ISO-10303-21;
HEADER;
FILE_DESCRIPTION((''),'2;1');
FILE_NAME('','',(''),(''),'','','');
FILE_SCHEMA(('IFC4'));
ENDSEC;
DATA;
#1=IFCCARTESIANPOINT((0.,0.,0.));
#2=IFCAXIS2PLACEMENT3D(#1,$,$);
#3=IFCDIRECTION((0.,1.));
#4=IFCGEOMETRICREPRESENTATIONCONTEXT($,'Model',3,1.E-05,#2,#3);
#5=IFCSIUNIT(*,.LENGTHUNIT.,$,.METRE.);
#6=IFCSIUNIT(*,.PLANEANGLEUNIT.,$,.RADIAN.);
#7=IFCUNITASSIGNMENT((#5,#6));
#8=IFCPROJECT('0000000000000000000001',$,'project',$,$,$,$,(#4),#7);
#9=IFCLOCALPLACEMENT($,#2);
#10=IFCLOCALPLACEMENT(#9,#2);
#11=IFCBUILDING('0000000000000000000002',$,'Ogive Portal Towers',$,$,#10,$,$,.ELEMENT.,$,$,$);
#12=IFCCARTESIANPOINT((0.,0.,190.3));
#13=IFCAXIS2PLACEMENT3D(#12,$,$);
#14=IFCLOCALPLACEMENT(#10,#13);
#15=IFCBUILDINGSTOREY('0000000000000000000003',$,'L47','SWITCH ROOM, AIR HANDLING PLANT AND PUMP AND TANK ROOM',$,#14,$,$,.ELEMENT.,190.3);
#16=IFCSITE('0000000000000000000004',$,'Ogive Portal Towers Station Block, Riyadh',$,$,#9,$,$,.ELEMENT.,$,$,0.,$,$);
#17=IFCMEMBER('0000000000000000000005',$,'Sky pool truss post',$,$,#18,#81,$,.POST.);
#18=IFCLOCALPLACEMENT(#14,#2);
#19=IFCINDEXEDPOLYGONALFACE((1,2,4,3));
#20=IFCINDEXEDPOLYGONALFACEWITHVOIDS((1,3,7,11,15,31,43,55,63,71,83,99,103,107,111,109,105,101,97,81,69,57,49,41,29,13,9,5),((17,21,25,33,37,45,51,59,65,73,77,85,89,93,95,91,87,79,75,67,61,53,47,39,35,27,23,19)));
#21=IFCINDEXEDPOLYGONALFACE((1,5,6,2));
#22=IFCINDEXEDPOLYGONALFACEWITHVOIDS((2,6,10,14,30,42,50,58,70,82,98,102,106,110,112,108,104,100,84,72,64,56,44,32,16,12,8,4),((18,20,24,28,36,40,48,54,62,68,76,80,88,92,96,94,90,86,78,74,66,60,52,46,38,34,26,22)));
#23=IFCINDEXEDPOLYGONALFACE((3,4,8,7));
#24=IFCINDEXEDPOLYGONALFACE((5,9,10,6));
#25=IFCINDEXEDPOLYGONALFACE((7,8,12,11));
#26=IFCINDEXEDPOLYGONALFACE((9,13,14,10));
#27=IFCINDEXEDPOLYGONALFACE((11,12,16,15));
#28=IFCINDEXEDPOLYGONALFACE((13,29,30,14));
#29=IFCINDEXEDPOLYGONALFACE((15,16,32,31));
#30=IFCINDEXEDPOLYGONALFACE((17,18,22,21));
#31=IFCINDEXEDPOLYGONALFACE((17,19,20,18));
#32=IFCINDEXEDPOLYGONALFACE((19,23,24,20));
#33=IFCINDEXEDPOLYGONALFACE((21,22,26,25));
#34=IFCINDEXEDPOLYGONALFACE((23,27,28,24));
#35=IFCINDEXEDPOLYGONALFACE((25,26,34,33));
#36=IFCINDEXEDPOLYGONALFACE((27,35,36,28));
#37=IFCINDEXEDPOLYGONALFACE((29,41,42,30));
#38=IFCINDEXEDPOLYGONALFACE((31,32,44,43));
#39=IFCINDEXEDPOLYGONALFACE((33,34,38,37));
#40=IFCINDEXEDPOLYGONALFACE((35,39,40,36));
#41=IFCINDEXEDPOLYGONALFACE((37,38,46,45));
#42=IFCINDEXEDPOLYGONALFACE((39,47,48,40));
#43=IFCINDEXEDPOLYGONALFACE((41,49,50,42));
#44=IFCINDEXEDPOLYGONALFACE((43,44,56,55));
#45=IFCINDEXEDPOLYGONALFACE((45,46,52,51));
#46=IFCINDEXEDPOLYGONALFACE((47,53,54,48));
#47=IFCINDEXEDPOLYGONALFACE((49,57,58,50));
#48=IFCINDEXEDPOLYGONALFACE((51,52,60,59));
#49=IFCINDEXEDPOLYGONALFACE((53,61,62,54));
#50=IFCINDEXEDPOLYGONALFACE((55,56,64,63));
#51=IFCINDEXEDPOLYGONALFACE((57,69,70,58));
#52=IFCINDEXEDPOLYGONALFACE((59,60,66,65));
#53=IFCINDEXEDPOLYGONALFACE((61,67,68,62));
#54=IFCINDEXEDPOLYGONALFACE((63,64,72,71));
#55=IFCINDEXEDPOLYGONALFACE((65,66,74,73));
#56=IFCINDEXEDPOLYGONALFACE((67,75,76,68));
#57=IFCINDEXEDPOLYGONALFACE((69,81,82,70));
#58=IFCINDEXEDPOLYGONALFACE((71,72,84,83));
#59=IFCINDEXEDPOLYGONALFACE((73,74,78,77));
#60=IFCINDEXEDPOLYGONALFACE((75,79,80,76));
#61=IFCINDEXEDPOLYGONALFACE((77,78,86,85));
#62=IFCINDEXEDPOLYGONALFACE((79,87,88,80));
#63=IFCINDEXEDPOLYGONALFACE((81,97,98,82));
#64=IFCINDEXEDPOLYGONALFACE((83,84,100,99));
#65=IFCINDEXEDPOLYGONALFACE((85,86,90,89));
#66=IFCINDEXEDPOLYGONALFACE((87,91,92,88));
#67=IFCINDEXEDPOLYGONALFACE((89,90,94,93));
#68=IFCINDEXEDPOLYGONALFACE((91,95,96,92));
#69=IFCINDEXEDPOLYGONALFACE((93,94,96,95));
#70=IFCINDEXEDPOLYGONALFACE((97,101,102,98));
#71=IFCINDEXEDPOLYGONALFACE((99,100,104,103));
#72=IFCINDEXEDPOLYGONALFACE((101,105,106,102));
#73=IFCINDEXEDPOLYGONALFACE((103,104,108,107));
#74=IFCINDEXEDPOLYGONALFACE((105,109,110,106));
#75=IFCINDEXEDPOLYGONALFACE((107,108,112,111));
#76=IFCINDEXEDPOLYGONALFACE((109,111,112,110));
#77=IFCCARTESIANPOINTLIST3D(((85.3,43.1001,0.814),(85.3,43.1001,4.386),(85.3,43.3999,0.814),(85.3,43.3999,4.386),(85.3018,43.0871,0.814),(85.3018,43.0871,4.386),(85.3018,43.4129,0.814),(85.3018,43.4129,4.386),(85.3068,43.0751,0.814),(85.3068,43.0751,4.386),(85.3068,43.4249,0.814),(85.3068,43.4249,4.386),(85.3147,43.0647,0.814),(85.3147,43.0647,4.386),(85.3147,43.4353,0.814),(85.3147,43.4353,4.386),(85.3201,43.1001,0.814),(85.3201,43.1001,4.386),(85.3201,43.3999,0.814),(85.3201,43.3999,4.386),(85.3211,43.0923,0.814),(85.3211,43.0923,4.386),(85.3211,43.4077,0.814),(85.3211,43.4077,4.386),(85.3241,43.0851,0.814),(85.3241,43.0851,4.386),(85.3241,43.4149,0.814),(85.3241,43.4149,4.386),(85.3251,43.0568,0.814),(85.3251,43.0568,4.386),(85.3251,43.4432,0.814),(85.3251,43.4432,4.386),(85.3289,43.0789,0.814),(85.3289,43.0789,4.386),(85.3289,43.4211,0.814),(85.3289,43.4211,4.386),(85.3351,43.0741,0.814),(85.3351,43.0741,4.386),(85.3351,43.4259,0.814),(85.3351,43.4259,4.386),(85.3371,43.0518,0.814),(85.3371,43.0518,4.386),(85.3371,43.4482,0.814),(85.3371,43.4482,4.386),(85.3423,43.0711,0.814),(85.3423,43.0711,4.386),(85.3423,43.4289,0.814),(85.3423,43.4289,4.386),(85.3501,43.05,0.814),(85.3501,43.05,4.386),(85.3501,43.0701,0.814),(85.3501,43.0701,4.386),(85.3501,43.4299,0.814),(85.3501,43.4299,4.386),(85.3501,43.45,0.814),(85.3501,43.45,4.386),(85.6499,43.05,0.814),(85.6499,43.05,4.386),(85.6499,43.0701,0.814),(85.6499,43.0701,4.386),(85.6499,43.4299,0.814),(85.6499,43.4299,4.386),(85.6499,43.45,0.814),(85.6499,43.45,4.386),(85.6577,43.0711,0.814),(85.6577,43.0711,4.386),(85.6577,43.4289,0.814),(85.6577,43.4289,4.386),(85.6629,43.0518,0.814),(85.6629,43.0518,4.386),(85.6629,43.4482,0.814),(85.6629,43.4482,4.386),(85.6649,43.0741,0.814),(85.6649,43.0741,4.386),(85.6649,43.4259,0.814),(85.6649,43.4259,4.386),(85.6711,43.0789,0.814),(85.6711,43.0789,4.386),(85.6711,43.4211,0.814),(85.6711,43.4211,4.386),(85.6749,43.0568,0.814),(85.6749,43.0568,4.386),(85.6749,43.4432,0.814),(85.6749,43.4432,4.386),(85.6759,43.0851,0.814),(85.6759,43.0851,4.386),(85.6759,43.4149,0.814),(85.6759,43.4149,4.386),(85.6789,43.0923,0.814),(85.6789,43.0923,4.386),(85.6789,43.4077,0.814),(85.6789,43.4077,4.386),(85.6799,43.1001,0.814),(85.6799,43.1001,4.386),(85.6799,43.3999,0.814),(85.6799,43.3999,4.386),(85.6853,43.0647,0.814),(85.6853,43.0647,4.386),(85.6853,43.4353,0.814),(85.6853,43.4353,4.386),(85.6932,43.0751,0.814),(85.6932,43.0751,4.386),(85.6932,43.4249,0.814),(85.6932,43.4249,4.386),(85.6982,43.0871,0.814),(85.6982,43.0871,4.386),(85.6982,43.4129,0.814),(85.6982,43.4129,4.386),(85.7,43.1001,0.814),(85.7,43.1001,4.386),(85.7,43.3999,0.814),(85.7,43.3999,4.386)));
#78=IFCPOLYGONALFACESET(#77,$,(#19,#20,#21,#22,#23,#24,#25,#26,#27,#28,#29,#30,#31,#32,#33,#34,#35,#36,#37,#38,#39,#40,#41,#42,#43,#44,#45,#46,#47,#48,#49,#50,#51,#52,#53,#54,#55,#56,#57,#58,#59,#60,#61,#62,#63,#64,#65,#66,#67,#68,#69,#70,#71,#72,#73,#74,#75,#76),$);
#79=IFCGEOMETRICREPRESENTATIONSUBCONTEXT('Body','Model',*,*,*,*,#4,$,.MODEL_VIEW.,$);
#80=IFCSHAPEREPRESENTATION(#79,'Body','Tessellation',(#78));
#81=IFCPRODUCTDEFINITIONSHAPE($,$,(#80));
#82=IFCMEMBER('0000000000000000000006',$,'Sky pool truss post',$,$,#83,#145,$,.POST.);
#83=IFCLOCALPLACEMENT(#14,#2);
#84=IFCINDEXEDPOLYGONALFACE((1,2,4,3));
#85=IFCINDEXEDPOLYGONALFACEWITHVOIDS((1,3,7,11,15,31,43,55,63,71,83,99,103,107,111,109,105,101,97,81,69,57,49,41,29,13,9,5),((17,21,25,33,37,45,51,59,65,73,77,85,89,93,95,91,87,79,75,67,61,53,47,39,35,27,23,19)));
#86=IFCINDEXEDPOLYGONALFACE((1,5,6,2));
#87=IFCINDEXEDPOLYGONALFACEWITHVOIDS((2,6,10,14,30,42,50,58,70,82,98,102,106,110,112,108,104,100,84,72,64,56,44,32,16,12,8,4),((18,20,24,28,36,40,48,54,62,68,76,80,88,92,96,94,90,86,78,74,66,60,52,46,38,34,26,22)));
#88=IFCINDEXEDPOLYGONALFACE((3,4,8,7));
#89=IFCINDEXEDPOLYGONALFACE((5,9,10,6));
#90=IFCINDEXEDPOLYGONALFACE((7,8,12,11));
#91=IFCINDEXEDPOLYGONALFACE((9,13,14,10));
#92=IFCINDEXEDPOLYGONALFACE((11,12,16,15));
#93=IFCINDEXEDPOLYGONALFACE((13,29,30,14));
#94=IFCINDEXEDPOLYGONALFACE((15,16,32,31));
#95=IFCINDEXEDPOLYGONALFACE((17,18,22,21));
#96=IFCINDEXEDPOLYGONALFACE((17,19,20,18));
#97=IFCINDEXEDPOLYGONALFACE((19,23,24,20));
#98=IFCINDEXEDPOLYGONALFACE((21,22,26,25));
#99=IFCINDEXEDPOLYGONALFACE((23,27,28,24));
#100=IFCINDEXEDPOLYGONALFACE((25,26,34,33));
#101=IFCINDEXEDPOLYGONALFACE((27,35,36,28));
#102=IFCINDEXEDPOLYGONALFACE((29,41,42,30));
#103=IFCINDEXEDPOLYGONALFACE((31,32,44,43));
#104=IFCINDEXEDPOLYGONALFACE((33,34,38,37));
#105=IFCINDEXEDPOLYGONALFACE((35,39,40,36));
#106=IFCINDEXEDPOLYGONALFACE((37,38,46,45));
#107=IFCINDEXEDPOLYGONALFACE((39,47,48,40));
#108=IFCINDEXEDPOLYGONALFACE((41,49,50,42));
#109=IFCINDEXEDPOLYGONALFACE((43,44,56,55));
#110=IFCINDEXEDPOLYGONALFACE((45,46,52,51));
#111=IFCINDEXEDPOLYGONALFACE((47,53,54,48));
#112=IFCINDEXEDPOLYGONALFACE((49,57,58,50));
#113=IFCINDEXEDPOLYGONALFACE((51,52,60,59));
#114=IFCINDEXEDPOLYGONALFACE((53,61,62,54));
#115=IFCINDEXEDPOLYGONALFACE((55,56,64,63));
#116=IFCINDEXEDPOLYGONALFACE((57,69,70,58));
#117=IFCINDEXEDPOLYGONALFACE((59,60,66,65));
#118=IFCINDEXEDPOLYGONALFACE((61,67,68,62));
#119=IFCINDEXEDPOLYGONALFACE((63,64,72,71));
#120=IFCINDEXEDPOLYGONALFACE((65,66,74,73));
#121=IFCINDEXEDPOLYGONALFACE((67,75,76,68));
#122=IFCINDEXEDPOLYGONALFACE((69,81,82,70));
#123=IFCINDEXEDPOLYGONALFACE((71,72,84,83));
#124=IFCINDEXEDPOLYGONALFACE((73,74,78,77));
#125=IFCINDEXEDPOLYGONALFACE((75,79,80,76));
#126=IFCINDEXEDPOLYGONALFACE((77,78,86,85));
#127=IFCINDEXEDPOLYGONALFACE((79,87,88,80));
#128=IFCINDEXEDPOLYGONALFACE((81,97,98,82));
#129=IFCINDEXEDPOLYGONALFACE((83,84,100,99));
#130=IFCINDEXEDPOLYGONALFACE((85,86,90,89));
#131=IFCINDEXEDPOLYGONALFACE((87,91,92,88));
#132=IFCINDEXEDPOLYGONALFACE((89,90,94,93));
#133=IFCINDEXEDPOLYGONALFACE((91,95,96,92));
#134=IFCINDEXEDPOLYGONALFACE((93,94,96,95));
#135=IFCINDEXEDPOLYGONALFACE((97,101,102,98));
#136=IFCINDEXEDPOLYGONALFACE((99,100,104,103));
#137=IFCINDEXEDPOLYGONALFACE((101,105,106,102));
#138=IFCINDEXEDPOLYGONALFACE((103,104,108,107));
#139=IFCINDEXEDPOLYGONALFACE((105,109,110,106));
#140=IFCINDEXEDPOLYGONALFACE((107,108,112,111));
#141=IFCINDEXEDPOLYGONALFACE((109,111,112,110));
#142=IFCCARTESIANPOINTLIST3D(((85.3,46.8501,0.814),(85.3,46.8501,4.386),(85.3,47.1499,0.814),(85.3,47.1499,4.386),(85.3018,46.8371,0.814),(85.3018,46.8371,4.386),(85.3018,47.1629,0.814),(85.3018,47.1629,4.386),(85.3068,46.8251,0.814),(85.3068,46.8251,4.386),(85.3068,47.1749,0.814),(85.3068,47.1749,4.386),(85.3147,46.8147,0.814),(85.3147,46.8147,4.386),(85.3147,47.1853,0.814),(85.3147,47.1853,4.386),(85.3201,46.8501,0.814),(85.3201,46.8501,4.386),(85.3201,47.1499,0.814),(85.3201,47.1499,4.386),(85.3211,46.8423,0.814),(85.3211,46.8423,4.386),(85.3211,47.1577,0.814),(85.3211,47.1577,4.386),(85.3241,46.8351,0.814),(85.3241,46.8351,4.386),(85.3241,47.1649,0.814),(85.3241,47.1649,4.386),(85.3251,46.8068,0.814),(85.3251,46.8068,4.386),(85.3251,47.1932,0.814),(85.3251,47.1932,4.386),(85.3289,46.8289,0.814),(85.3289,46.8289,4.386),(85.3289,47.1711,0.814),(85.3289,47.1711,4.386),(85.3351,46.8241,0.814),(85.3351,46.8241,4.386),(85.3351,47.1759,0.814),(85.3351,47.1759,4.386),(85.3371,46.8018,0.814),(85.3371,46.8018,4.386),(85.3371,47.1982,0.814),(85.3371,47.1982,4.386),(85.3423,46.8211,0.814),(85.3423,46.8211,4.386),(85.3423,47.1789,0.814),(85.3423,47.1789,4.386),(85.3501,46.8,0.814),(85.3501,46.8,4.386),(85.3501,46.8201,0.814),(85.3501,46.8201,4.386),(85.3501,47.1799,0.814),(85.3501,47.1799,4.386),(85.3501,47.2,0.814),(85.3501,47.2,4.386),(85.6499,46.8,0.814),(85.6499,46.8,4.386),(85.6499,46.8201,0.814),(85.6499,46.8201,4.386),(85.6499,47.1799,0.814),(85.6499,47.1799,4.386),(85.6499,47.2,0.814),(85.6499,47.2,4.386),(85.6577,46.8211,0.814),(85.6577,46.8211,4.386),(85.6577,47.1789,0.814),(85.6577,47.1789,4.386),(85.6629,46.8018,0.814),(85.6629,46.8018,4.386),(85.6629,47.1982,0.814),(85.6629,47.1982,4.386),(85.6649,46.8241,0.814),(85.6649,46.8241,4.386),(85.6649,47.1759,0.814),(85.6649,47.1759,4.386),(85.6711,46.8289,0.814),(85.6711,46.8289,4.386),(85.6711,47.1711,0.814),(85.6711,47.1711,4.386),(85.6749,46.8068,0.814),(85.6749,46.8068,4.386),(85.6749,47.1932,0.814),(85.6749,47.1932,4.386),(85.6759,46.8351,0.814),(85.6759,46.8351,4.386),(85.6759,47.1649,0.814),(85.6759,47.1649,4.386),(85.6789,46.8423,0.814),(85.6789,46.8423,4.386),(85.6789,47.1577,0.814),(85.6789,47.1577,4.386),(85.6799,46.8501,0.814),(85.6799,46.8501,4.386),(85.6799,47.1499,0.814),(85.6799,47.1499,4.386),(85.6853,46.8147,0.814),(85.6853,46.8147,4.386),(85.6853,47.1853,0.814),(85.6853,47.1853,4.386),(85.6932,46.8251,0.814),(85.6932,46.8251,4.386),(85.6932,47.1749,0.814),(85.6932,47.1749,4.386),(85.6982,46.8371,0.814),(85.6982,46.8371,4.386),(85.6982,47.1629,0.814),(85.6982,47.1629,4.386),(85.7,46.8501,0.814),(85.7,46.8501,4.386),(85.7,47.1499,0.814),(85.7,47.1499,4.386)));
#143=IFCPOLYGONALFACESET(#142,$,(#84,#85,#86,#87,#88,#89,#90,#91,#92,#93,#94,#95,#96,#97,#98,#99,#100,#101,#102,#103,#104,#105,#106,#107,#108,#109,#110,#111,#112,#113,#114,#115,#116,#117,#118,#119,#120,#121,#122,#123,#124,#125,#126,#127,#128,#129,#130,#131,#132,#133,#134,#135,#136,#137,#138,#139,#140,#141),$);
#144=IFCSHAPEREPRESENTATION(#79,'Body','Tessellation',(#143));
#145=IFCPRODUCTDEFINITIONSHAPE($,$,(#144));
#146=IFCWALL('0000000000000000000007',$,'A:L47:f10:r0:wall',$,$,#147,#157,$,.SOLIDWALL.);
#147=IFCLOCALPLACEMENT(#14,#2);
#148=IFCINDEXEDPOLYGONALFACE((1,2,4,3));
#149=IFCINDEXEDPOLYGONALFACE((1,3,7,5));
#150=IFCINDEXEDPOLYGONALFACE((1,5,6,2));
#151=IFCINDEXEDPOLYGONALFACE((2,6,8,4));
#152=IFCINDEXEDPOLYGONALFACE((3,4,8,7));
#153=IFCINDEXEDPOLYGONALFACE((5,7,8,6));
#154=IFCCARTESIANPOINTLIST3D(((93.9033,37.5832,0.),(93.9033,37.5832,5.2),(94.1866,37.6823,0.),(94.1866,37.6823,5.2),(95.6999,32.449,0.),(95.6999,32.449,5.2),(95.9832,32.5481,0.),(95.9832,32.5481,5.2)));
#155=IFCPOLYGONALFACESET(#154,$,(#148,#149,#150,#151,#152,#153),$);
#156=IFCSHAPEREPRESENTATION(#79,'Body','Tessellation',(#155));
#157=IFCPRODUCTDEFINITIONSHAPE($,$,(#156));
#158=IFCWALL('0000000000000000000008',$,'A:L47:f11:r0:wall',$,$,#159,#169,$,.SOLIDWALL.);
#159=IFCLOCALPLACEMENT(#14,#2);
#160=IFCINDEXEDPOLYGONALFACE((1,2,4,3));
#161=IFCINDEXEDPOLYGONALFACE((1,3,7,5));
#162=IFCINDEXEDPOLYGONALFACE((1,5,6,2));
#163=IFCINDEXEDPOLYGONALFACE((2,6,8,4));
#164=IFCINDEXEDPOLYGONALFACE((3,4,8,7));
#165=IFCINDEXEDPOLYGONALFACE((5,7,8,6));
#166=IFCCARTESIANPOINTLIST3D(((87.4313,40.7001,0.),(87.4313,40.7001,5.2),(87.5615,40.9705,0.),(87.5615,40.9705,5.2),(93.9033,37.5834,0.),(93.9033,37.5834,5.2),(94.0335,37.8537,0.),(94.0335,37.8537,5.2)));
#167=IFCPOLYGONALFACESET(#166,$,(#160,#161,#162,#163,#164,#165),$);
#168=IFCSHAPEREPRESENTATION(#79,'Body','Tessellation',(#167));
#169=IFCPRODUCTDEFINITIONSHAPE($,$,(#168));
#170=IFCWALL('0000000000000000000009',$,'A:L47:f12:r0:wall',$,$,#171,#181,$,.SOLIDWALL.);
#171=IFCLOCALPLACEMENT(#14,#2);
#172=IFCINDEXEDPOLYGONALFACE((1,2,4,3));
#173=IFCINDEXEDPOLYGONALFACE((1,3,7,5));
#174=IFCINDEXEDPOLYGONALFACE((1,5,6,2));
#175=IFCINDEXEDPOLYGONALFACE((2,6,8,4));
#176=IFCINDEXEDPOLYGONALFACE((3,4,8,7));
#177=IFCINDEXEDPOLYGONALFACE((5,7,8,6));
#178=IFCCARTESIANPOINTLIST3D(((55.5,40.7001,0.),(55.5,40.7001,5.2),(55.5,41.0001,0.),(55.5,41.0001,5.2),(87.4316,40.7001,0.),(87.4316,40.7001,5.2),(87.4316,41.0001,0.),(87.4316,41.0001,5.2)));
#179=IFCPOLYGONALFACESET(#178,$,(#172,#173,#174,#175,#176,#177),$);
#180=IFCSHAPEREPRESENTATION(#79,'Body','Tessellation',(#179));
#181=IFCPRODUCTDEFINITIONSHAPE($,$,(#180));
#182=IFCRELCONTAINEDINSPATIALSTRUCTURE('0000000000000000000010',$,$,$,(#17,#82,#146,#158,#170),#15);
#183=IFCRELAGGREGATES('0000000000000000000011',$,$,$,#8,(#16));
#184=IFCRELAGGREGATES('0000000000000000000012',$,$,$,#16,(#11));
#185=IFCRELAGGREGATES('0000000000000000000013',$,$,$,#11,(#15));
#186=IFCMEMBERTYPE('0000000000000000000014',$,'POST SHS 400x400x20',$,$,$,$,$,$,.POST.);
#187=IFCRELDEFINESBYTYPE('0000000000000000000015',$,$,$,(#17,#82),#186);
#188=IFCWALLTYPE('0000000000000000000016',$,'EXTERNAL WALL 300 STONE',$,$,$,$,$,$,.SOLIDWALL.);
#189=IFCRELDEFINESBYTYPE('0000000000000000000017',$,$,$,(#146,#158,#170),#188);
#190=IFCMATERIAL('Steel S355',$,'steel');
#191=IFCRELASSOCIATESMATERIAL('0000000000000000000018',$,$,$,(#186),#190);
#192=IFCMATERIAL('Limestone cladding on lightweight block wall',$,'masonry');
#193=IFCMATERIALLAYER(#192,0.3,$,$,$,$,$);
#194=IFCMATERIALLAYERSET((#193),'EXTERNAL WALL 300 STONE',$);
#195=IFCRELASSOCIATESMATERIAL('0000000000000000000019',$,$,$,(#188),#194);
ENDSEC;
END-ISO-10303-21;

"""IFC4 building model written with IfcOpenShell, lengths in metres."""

from ifc_helpers import new_model, si_unit, direction, frame, frame_2d, origin, origin_2d, place, context, subcontext, project, spatial, rectangle, hollow_rectangle, extrude, material, layer, layer_set, material_profile, profile_set, type_object, element, save


model = new_model("IFC4")

# Units and contexts
model_context = context("Model", 3, precision=1e-05, world=origin(), true_north=direction((0.0, 1.0)))
body_context = subcontext(model_context, "Body", "Model", "MODEL_VIEW")
ifc_project = project(units=[si_unit("LENGTHUNIT", "METRE"), si_unit("PLANEANGLEUNIT", "RADIAN")], contexts=[model_context])

# Site, building, storey
site_placement = place(None, origin())
site = spatial("IfcSite", under=ifc_project, at=site_placement, Name="Ogive Portal Towers Station Block, Riyadh", CompositionType="ELEMENT", RefElevation=0.0)
building_placement = place(site_placement, origin())
building = spatial("IfcBuilding", under=site, at=building_placement, Name="Ogive Portal Towers", CompositionType="ELEMENT")
storey_placement = place(building_placement, frame((0.0, 0.0, 190.3)))
storey = spatial("IfcBuildingStorey", under=building, at=storey_placement, Name="L47", Description="SWITCH ROOM, AIR HANDLING PLANT AND PUMP AND TANK ROOM", CompositionType="ELEMENT", Elevation=190.3)

# Members
ifc_material_1 = material(Name="Steel S355", Category="steel")
ifc_material_profile_1 = material_profile(ifc_material_1, hollow_rectangle(XDim=0.3999, YDim=0.3999, WallThickness=0.02, InnerFilletRadius=0.03, OuterFilletRadius=0.05, at=origin_2d()), Name="SHS 400x400x20")
ifc_profile_set_1 = profile_set([ifc_material_profile_1], Name="Steel S355")
member_type_1 = type_object("IfcMemberType", Name="POST SHS 400x400x20", PredefinedType="POST", material=ifc_profile_set_1)
for number, where, z_axis, x_axis, name in (
    (1, (85.5, 43.25, 0.814), (0.0, 0.0, 1.0), (1.0, 0.0, 0.0), "Sky pool truss post"),
    (2, (85.5, 47.0, 0.814), (0.0, 0.0, 1.0), (1.0, 0.0, 0.0), "Sky pool truss post"),
):
    element("IfcMember", number, at=place(storey_placement, frame(where, z_axis=z_axis, x_axis=x_axis)), inside=storey, type_object=member_type_1, Name=name, PredefinedType="POST", context=body_context, shape_type="SweptSolid", body=[
        extrude(hollow_rectangle(XDim=0.3999, YDim=0.3999, WallThickness=0.02, InnerFilletRadius=0.03, OuterFilletRadius=0.05, at=origin_2d()), origin(), (0.0, 0.0, 1.0), 3.572),
    ])

# Walls
ifc_material_2 = material(Name="Limestone cladding on lightweight block wall", Category="masonry")
ifc_layer_1 = layer(ifc_material_2, 0.3)
ifc_layer_set_1 = layer_set([ifc_layer_1], Name="EXTERNAL WALL 300 STONE")
wall_type_1 = type_object("IfcWallType", Name="EXTERNAL WALL 300 STONE", PredefinedType="SOLIDWALL", material=ifc_layer_set_1)
wall_1_placement = place(storey_placement, frame((95.8416, 32.4985, 0.0), z_axis=(0.0, 0.0, 1.0), x_axis=(-0.33029, 0.943879, 0.0)))
element("IfcWall", 3, at=wall_1_placement, inside=storey, type_object=wall_type_1, Name="A:L47:f10:r0:wall", PredefinedType="SOLIDWALL", context=body_context, shape_type="SweptSolid", body=[
    extrude(rectangle(XDim=5.4395, YDim=0.3, at=frame_2d((2.7197, 0.0))), origin(), (0.0, 0.0, 1.0), 5.2),
])
wall_2_placement = place(storey_placement, frame((93.9685, 37.7185, 0.0), z_axis=(0.0, 0.0, 1.0), x_axis=(-0.90097, 0.433882, 0.0)))
element("IfcWall", 4, at=wall_2_placement, inside=storey, type_object=wall_type_1, Name="A:L47:f11:r0:wall", PredefinedType="SOLIDWALL", context=body_context, shape_type="SweptSolid", body=[
    extrude(rectangle(XDim=7.1833, YDim=0.3, at=frame_2d((3.5918, 0.0))), origin(), (0.0, 0.0, 1.0), 5.2),
])
wall_3_placement = place(storey_placement, frame((87.4316, 40.8501, 0.0), z_axis=(0.0, 0.0, 1.0), x_axis=(-1.0, 0.0, 0.0)))
element("IfcWall", 5, at=wall_3_placement, inside=storey, type_object=wall_type_1, Name="A:L47:f12:r0:wall", PredefinedType="SOLIDWALL", context=body_context, shape_type="SweptSolid", body=[
    extrude(rectangle(XDim=31.9316, YDim=0.3, at=frame_2d((15.9658, 0.0))), origin(), (0.0, 0.0, 1.0), 5.2),
])

save(model, "model.ifc")
